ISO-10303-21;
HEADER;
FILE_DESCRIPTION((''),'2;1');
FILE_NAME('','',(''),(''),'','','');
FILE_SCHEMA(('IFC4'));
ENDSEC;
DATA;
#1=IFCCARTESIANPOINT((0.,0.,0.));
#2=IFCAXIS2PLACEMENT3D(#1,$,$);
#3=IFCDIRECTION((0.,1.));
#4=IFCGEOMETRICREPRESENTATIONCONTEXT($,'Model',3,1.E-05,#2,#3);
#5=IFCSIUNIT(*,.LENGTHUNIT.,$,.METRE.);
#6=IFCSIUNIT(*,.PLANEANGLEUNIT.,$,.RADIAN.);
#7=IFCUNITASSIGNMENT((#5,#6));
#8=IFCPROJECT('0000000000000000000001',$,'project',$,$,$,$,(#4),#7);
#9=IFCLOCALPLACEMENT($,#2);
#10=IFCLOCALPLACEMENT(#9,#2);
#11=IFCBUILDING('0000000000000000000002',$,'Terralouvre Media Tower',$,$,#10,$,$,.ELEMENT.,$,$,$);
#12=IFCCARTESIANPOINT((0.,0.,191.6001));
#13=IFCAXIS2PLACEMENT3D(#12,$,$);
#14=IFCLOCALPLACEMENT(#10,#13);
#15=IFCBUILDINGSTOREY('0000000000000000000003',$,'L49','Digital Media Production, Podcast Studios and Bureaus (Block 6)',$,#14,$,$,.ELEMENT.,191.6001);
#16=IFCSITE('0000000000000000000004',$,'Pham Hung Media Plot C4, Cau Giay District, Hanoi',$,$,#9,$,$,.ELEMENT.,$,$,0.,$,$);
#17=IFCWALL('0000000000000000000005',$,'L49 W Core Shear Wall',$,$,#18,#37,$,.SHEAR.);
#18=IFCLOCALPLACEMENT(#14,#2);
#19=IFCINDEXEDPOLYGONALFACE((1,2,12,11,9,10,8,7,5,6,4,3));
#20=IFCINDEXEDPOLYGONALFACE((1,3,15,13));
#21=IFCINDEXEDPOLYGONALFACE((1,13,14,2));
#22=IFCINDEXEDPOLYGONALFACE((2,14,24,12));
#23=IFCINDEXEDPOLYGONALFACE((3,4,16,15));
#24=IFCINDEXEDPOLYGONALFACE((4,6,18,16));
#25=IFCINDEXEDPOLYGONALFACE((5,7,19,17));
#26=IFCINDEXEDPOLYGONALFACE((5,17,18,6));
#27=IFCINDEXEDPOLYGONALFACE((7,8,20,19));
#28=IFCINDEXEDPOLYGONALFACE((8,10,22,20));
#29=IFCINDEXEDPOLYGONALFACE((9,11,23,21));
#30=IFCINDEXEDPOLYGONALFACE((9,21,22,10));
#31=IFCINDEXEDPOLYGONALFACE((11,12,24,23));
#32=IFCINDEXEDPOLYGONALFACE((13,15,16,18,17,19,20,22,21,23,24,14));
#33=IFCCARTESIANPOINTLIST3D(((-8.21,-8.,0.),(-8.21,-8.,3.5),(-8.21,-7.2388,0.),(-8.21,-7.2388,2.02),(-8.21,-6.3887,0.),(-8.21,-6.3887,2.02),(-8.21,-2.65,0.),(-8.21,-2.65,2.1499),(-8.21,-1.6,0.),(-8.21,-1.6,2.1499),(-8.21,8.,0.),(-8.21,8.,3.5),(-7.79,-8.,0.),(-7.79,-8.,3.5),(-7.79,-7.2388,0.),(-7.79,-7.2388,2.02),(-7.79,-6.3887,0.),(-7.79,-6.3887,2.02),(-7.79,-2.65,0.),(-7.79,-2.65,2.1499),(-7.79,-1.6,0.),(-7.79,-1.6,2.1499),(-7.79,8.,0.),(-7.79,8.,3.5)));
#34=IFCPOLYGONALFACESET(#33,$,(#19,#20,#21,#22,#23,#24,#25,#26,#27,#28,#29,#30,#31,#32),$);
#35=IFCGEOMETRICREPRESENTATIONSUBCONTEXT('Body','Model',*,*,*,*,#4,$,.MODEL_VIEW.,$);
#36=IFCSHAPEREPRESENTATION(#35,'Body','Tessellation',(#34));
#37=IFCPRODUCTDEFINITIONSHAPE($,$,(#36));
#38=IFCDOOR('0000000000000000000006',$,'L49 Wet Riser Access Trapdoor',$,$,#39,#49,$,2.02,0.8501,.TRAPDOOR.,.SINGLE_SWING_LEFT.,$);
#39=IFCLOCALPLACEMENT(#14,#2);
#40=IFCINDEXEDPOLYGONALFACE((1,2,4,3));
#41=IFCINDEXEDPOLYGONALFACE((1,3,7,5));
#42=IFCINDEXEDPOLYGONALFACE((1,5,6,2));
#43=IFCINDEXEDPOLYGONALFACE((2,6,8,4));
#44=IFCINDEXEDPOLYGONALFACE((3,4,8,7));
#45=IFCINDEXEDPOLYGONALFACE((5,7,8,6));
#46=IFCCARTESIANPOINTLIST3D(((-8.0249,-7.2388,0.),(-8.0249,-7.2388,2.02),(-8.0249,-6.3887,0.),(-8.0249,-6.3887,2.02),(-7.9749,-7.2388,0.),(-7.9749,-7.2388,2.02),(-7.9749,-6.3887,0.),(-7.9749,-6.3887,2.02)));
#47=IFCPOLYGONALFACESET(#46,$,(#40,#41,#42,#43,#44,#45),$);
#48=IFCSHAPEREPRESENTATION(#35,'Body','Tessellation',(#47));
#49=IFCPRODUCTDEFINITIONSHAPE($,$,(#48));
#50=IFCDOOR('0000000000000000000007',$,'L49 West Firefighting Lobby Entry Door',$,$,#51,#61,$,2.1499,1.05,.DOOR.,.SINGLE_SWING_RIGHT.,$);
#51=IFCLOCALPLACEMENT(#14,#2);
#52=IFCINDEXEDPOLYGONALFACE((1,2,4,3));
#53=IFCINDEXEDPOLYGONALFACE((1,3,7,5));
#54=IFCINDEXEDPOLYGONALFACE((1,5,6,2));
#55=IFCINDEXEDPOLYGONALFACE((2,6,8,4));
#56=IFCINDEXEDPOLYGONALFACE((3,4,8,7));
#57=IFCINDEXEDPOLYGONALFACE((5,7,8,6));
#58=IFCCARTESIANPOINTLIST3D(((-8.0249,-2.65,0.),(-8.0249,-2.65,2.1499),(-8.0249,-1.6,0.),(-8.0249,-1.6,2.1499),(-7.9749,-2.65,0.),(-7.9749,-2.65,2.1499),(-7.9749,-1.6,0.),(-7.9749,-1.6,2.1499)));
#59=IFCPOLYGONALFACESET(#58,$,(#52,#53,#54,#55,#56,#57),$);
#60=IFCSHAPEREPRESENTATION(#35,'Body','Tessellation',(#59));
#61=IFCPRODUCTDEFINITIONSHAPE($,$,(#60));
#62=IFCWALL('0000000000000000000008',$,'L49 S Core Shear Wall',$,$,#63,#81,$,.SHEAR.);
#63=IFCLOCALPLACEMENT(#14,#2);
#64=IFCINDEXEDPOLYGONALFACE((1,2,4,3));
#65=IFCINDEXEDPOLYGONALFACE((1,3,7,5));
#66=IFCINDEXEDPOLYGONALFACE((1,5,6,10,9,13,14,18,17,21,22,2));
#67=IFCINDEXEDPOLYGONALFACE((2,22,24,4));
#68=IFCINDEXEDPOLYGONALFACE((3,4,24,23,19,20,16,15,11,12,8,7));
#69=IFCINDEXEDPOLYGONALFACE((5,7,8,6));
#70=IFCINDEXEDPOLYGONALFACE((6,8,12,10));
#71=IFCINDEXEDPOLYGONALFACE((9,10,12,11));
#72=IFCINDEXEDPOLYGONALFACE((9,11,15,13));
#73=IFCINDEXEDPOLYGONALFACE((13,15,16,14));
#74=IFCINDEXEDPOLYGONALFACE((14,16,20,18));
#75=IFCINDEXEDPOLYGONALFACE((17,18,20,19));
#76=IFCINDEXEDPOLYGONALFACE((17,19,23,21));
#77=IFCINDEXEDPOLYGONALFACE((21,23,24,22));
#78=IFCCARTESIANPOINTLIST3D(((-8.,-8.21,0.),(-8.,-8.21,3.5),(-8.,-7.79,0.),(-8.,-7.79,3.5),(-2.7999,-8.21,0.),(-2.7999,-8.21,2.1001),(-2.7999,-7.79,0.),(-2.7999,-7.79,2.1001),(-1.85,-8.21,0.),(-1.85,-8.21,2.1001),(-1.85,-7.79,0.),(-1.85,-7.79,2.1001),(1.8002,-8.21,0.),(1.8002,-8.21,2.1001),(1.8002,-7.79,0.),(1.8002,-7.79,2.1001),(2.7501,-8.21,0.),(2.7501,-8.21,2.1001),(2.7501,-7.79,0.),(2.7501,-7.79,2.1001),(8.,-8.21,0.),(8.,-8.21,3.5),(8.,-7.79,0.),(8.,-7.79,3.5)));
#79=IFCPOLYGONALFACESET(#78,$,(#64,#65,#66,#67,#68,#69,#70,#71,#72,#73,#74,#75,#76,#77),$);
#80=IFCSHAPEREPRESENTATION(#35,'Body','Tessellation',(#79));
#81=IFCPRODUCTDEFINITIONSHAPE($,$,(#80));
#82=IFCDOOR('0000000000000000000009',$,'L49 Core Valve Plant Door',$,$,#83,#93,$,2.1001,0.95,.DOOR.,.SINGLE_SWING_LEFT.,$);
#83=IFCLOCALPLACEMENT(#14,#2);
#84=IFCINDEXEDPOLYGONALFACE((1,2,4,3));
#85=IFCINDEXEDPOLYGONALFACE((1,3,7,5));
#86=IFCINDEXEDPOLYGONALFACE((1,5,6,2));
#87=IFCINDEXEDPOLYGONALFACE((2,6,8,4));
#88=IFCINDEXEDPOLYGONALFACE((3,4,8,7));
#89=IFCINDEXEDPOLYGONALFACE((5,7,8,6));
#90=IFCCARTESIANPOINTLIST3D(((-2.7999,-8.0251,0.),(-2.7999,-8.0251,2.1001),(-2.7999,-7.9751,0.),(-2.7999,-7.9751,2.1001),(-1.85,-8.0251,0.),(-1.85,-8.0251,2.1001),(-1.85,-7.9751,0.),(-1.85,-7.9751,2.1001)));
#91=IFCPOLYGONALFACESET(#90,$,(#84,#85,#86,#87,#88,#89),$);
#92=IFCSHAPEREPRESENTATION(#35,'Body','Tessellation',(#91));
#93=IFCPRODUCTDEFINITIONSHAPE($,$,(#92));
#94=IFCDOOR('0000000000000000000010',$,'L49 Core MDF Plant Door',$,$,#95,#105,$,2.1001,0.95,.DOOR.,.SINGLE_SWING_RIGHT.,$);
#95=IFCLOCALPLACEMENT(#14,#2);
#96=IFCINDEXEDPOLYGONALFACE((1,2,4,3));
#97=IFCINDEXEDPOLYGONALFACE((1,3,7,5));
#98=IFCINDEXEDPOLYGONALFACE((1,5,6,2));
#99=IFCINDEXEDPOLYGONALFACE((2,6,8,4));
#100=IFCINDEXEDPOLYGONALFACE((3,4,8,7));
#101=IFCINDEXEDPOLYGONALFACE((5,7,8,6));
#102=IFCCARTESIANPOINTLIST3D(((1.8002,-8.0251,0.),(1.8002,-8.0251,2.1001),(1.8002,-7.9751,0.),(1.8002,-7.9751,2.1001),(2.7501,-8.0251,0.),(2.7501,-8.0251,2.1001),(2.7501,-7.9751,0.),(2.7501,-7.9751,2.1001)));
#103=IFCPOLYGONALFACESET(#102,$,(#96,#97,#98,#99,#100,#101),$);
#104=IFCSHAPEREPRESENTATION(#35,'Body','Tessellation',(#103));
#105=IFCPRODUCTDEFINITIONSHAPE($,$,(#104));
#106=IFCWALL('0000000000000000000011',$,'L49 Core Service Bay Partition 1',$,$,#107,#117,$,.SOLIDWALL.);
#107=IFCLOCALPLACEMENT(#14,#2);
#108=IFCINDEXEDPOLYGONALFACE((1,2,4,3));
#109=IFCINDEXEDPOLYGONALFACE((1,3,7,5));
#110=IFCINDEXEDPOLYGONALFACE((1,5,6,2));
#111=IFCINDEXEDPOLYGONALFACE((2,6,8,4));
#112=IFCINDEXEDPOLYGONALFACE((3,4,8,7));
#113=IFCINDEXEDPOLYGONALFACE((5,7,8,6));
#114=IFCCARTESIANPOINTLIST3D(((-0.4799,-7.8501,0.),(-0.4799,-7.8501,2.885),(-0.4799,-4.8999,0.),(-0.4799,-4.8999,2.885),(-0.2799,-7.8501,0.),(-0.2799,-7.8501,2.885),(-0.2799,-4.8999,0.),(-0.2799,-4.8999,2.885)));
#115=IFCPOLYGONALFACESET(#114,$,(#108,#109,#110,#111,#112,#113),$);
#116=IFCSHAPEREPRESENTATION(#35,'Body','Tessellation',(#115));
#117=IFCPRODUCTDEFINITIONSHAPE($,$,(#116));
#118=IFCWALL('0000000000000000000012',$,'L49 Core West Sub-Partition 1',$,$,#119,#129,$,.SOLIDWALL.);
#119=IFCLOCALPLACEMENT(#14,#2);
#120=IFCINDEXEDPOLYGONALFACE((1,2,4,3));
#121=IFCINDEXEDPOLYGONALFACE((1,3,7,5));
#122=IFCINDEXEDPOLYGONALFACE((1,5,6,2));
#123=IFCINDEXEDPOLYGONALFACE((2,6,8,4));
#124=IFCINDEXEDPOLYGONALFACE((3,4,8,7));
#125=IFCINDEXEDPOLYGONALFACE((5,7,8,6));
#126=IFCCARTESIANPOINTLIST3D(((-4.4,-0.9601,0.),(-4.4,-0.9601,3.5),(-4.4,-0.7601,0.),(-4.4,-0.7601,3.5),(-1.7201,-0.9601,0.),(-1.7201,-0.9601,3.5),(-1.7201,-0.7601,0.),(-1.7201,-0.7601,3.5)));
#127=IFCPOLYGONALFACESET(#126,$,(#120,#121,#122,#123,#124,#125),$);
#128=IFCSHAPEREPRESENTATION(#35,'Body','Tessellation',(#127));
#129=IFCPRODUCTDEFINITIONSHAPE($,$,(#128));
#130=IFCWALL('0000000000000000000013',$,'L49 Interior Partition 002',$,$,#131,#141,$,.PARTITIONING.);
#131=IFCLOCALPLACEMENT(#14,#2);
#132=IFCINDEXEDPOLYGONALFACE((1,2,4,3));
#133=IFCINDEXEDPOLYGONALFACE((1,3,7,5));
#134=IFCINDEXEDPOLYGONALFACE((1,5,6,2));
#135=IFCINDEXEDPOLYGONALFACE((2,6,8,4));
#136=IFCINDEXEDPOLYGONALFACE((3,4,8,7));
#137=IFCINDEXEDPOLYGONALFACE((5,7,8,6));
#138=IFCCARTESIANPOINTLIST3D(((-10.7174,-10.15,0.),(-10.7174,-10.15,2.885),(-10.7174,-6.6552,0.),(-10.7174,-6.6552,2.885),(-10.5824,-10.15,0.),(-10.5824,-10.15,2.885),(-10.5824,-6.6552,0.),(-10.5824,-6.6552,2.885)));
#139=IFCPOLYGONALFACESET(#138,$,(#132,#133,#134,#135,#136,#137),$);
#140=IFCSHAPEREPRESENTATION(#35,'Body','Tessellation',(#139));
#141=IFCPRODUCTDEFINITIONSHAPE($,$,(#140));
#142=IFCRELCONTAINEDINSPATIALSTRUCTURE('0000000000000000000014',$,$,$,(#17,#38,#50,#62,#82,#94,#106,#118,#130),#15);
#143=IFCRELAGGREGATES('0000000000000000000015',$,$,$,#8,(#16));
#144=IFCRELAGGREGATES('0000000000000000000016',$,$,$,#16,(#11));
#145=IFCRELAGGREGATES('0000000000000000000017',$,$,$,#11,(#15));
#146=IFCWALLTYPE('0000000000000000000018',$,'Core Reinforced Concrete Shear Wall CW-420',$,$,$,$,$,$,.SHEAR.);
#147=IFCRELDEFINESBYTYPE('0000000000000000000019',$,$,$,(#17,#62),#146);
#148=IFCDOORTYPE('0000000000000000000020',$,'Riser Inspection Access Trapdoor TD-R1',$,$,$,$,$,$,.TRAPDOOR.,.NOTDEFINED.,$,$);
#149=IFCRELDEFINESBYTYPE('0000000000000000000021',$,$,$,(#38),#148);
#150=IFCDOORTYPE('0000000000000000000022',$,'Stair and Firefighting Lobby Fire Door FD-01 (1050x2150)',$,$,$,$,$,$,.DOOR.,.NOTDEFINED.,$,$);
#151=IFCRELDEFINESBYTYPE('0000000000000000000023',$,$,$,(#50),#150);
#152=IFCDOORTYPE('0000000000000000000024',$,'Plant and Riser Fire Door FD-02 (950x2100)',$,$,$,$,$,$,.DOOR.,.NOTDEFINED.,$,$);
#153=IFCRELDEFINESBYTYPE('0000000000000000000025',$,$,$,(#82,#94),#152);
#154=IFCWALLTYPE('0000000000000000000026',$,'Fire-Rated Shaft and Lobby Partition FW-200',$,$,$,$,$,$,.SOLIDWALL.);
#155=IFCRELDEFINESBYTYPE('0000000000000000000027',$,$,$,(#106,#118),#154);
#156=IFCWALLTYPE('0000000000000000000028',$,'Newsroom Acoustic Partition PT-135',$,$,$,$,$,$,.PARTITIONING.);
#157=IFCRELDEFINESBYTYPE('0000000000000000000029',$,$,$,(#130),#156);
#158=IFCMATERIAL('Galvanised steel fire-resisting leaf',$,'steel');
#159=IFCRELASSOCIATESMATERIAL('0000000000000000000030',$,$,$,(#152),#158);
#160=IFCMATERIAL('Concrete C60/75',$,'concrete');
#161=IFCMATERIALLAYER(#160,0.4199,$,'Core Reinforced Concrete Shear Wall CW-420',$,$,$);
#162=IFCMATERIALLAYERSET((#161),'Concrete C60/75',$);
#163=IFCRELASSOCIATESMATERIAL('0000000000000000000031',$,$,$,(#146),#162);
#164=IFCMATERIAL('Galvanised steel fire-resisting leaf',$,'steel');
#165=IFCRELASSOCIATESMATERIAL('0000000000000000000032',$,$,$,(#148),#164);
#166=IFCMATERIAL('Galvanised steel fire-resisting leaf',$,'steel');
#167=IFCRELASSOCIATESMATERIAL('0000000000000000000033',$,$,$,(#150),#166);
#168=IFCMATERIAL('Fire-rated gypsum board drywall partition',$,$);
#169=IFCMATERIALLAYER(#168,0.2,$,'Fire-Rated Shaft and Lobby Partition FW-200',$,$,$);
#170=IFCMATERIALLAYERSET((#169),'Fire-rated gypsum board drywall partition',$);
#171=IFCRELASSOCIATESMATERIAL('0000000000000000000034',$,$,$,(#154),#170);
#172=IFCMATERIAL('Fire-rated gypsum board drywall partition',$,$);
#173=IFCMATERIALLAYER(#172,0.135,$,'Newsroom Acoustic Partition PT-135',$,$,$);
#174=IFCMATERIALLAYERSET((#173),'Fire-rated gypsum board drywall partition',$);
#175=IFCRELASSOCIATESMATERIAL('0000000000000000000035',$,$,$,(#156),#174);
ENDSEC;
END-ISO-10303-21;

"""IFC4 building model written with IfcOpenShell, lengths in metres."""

from ifc_helpers import new_model, si_unit, direction, frame, frame_2d, origin, place, context, subcontext, project, spatial, rectangle, extrude, material, layer, layer_set, type_object, element, fill, save


model = new_model("IFC4")

# Units and contexts
model_context = context("Model", 3, precision=1e-05, world=origin(), true_north=direction((0.0, 1.0)))
body_context = subcontext(model_context, "Body", "Model", "MODEL_VIEW")
ifc_project = project(units=[si_unit("LENGTHUNIT", "METRE"), si_unit("PLANEANGLEUNIT", "RADIAN")], contexts=[model_context])

# Site, building, storey
site_placement = place(None, origin())
site = spatial("IfcSite", under=ifc_project, at=site_placement, Name="Pham Hung Media Plot C4, Cau Giay District, Hanoi", CompositionType="ELEMENT", RefElevation=0.0)
building_placement = place(site_placement, origin())
building = spatial("IfcBuilding", under=site, at=building_placement, Name="Terralouvre Media Tower", CompositionType="ELEMENT")
storey_placement = place(building_placement, frame((0.0, 0.0, 191.6001)))
storey = spatial("IfcBuildingStorey", under=building, at=storey_placement, Name="L49", Description="Digital Media Production, Podcast Studios and Bureaus (Block 6)", CompositionType="ELEMENT", Elevation=191.6001)

# Walls, openings, doors
ifc_material_1 = material(Name="Galvanised steel fire-resisting leaf", Category="steel")
door_type_1 = type_object("IfcDoorType", Name="Plant and Riser Fire Door FD-02 (950x2100)", OperationType="NOTDEFINED", PredefinedType="DOOR", material=ifc_material_1)
ifc_material_2 = material(Name="Concrete C60/75", Category="concrete")
ifc_layer_1 = layer(ifc_material_2, 0.4199, Name="Core Reinforced Concrete Shear Wall CW-420")
ifc_layer_set_1 = layer_set([ifc_layer_1], Name="Concrete C60/75")
wall_type_1 = type_object("IfcWallType", Name="Core Reinforced Concrete Shear Wall CW-420", PredefinedType="SHEAR", material=ifc_layer_set_1)
wall_1_placement = place(storey_placement, frame((-8.0, -8.0, 0.0), z_axis=(0.0, 0.0, 1.0), x_axis=(0.0, 1.0, 0.0)))
wall_1 = element("IfcWall", 1, at=wall_1_placement, inside=storey, type_object=wall_type_1, Name="L49 W Core Shear Wall", PredefinedType="SHEAR", context=body_context, shape_type="SweptSolid", body=[
    extrude(rectangle(XDim=16.0, YDim=0.4199, at=frame_2d((8.0, 0.0))), origin(), (0.0, 0.0, 1.0), 3.5),
])
opening_1_placement = place(wall_1_placement, frame((0.7612, 0.0, 0.0)))
opening_1 = element("IfcOpeningElement", 2, at=opening_1_placement, cuts=wall_1, PredefinedType="OPENING", context=body_context, shape_type="SweptSolid", body=[
    extrude(rectangle(XDim=0.8501, YDim=2.02, at=frame_2d((0.425, 1.01))), frame((0.0, 0.22, 0.0), z_axis=(0.0, -1.0, 0.0), x_axis=(1.0, 0.0, 0.0)), (0.0, 0.0, 1.0), 0.4399),
])
opening_2_placement = place(wall_1_placement, frame((5.3501, 0.0, 0.0)))
opening_2 = element("IfcOpeningElement", 3, at=opening_2_placement, cuts=wall_1, PredefinedType="OPENING", context=body_context, shape_type="SweptSolid", body=[
    extrude(rectangle(XDim=1.05, YDim=2.1499, at=frame_2d((0.5249, 1.075))), frame((0.0, 0.22, 0.0), z_axis=(0.0, -1.0, 0.0), x_axis=(1.0, 0.0, 0.0)), (0.0, 0.0, 1.0), 0.4399),
])
ifc_material_3 = material(Name="Galvanised steel fire-resisting leaf", Category="steel")
door_type_2 = type_object("IfcDoorType", Name="Riser Inspection Access Trapdoor TD-R1", OperationType="NOTDEFINED", PredefinedType="TRAPDOOR", material=ifc_material_3)
door_1_placement = place(opening_1_placement, origin())
door_1 = element("IfcDoor", 4, at=door_1_placement, inside=storey, type_object=door_type_2, Name="L49 Wet Riser Access Trapdoor", OperationType="SINGLE_SWING_LEFT", OverallHeight=2.02, OverallWidth=0.8501, PredefinedType="TRAPDOOR", context=body_context, shape_type="SweptSolid", body=[
    extrude(rectangle(XDim=0.8501, YDim=2.02, at=frame_2d((0.425, 1.01))), frame((0.0, 0.0249, 0.0), z_axis=(0.0, -1.0, 0.0), x_axis=(1.0, 0.0, 0.0)), (0.0, 0.0, 1.0), 0.05),
])
fill(opening_1, door_1)
ifc_material_4 = material(Name="Galvanised steel fire-resisting leaf", Category="steel")
door_type_3 = type_object("IfcDoorType", Name="Stair and Firefighting Lobby Fire Door FD-01 (1050x2150)", OperationType="NOTDEFINED", PredefinedType="DOOR", material=ifc_material_4)
door_2_placement = place(opening_2_placement, origin())
door_2 = element("IfcDoor", 5, at=door_2_placement, inside=storey, type_object=door_type_3, Name="L49 West Firefighting Lobby Entry Door", OperationType="SINGLE_SWING_RIGHT", OverallHeight=2.1499, OverallWidth=1.05, PredefinedType="DOOR", context=body_context, shape_type="SweptSolid", body=[
    extrude(rectangle(XDim=1.05, YDim=2.1499, at=frame_2d((0.5249, 1.075))), frame((0.0, 0.0249, 0.0), z_axis=(0.0, -1.0, 0.0), x_axis=(1.0, 0.0, 0.0)), (0.0, 0.0, 1.0), 0.05),
])
fill(opening_2, door_2)
wall_2_placement = place(storey_placement, frame((-8.0, -8.0, 0.0), z_axis=(0.0, 0.0, 1.0), x_axis=(1.0, 0.0, 0.0)))
wall_2 = element("IfcWall", 6, at=wall_2_placement, inside=storey, type_object=wall_type_1, Name="L49 S Core Shear Wall", PredefinedType="SHEAR", context=body_context, shape_type="SweptSolid", body=[
    extrude(rectangle(XDim=16.0, YDim=0.4199, at=frame_2d((8.0, 0.0))), origin(), (0.0, 0.0, 1.0), 3.5),
])
opening_3_placement = place(wall_2_placement, frame((5.2, 0.0, 0.0)))
opening_3 = element("IfcOpeningElement", 7, at=opening_3_placement, cuts=wall_2, PredefinedType="OPENING", context=body_context, shape_type="SweptSolid", body=[
    extrude(rectangle(XDim=0.95, YDim=2.1001, at=frame_2d((0.4751, 1.05))), frame((0.0, 0.22, 0.0), z_axis=(0.0, -1.0, 0.0), x_axis=(1.0, 0.0, 0.0)), (0.0, 0.0, 1.0), 0.4399),
])
opening_4_placement = place(wall_2_placement, frame((9.8, 0.0, 0.0)))
opening_4 = element("IfcOpeningElement", 8, at=opening_4_placement, cuts=wall_2, PredefinedType="OPENING", context=body_context, shape_type="SweptSolid", body=[
    extrude(rectangle(XDim=0.95, YDim=2.1001, at=frame_2d((0.4751, 1.05))), frame((0.0, 0.22, 0.0), z_axis=(0.0, -1.0, 0.0), x_axis=(1.0, 0.0, 0.0)), (0.0, 0.0, 1.0), 0.4399),
])
door_3_placement = place(opening_3_placement, origin())
door_3 = element("IfcDoor", 9, at=door_3_placement, inside=storey, type_object=door_type_1, Name="L49 Core Valve Plant Door", OperationType="SINGLE_SWING_LEFT", OverallHeight=2.1001, OverallWidth=0.95, PredefinedType="DOOR", context=body_context, shape_type="SweptSolid", body=[
    extrude(rectangle(XDim=0.95, YDim=2.1001, at=frame_2d((0.4751, 1.05))), frame((0.0, 0.0249, 0.0), z_axis=(0.0, -1.0, 0.0), x_axis=(1.0, 0.0, 0.0)), (0.0, 0.0, 1.0), 0.05),
])
fill(opening_3, door_3)
door_4_placement = place(opening_4_placement, origin())
door_4 = element("IfcDoor", 10, at=door_4_placement, inside=storey, type_object=door_type_1, Name="L49 Core MDF Plant Door", OperationType="SINGLE_SWING_RIGHT", OverallHeight=2.1001, OverallWidth=0.95, PredefinedType="DOOR", context=body_context, shape_type="SweptSolid", body=[
    extrude(rectangle(XDim=0.95, YDim=2.1001, at=frame_2d((0.4751, 1.05))), frame((0.0, 0.0249, 0.0), z_axis=(0.0, -1.0, 0.0), x_axis=(1.0, 0.0, 0.0)), (0.0, 0.0, 1.0), 0.05),
])
fill(opening_4, door_4)

# Walls
ifc_material_5 = material(Name="Fire-rated gypsum board drywall partition")
ifc_layer_2 = layer(ifc_material_5, 0.2, Name="Fire-Rated Shaft and Lobby Partition FW-200")
ifc_layer_set_2 = layer_set([ifc_layer_2], Name="Fire-rated gypsum board drywall partition")
wall_type_2 = type_object("IfcWallType", Name="Fire-Rated Shaft and Lobby Partition FW-200", PredefinedType="SOLIDWALL", material=ifc_layer_set_2)
wall_3_placement = place(storey_placement, frame((-0.3799, -7.8501, 0.0), z_axis=(0.0, 0.0, 1.0), x_axis=(0.0, 1.0, 0.0)))
element("IfcWall", 11, at=wall_3_placement, inside=storey, type_object=wall_type_2, Name="L49 Core Service Bay Partition 1", PredefinedType="SOLIDWALL", context=body_context, shape_type="SweptSolid", body=[
    extrude(rectangle(XDim=2.9502, YDim=0.2, at=frame_2d((1.4751, 0.0))), origin(), (0.0, 0.0, 1.0), 2.885),
])
wall_4_placement = place(storey_placement, frame((-4.3999, -0.8601, 0.0), z_axis=(0.0, 0.0, 1.0), x_axis=(1.0, 0.0, 0.0)))
element("IfcWall", 12, at=wall_4_placement, inside=storey, type_object=wall_type_2, Name="L49 Core West Sub-Partition 1", PredefinedType="SOLIDWALL", context=body_context, shape_type="SweptSolid", body=[
    extrude(rectangle(XDim=2.6799, YDim=0.2, at=frame_2d((1.3398, 0.0))), origin(), (0.0, 0.0, 1.0), 3.5),
])
ifc_material_6 = material(Name="Fire-rated gypsum board drywall partition")
ifc_layer_3 = layer(ifc_material_6, 0.135, Name="Newsroom Acoustic Partition PT-135")
ifc_layer_set_3 = layer_set([ifc_layer_3], Name="Fire-rated gypsum board drywall partition")
wall_type_3 = type_object("IfcWallType", Name="Newsroom Acoustic Partition PT-135", PredefinedType="PARTITIONING", material=ifc_layer_set_3)
wall_5_placement = place(storey_placement, frame((-10.6499, -6.655, 0.0), z_axis=(0.0, 0.0, 1.0), x_axis=(0.0, -1.0, 0.0)))
element("IfcWall", 13, at=wall_5_placement, inside=storey, type_object=wall_type_3, Name="L49 Interior Partition 002", PredefinedType="PARTITIONING", context=body_context, shape_type="SweptSolid", body=[
    extrude(rectangle(XDim=3.4949, YDim=0.135, at=frame_2d((1.7476, 0.0))), origin(), (0.0, 0.0, 1.0), 2.885),
])

save(model, "model.ifc")
